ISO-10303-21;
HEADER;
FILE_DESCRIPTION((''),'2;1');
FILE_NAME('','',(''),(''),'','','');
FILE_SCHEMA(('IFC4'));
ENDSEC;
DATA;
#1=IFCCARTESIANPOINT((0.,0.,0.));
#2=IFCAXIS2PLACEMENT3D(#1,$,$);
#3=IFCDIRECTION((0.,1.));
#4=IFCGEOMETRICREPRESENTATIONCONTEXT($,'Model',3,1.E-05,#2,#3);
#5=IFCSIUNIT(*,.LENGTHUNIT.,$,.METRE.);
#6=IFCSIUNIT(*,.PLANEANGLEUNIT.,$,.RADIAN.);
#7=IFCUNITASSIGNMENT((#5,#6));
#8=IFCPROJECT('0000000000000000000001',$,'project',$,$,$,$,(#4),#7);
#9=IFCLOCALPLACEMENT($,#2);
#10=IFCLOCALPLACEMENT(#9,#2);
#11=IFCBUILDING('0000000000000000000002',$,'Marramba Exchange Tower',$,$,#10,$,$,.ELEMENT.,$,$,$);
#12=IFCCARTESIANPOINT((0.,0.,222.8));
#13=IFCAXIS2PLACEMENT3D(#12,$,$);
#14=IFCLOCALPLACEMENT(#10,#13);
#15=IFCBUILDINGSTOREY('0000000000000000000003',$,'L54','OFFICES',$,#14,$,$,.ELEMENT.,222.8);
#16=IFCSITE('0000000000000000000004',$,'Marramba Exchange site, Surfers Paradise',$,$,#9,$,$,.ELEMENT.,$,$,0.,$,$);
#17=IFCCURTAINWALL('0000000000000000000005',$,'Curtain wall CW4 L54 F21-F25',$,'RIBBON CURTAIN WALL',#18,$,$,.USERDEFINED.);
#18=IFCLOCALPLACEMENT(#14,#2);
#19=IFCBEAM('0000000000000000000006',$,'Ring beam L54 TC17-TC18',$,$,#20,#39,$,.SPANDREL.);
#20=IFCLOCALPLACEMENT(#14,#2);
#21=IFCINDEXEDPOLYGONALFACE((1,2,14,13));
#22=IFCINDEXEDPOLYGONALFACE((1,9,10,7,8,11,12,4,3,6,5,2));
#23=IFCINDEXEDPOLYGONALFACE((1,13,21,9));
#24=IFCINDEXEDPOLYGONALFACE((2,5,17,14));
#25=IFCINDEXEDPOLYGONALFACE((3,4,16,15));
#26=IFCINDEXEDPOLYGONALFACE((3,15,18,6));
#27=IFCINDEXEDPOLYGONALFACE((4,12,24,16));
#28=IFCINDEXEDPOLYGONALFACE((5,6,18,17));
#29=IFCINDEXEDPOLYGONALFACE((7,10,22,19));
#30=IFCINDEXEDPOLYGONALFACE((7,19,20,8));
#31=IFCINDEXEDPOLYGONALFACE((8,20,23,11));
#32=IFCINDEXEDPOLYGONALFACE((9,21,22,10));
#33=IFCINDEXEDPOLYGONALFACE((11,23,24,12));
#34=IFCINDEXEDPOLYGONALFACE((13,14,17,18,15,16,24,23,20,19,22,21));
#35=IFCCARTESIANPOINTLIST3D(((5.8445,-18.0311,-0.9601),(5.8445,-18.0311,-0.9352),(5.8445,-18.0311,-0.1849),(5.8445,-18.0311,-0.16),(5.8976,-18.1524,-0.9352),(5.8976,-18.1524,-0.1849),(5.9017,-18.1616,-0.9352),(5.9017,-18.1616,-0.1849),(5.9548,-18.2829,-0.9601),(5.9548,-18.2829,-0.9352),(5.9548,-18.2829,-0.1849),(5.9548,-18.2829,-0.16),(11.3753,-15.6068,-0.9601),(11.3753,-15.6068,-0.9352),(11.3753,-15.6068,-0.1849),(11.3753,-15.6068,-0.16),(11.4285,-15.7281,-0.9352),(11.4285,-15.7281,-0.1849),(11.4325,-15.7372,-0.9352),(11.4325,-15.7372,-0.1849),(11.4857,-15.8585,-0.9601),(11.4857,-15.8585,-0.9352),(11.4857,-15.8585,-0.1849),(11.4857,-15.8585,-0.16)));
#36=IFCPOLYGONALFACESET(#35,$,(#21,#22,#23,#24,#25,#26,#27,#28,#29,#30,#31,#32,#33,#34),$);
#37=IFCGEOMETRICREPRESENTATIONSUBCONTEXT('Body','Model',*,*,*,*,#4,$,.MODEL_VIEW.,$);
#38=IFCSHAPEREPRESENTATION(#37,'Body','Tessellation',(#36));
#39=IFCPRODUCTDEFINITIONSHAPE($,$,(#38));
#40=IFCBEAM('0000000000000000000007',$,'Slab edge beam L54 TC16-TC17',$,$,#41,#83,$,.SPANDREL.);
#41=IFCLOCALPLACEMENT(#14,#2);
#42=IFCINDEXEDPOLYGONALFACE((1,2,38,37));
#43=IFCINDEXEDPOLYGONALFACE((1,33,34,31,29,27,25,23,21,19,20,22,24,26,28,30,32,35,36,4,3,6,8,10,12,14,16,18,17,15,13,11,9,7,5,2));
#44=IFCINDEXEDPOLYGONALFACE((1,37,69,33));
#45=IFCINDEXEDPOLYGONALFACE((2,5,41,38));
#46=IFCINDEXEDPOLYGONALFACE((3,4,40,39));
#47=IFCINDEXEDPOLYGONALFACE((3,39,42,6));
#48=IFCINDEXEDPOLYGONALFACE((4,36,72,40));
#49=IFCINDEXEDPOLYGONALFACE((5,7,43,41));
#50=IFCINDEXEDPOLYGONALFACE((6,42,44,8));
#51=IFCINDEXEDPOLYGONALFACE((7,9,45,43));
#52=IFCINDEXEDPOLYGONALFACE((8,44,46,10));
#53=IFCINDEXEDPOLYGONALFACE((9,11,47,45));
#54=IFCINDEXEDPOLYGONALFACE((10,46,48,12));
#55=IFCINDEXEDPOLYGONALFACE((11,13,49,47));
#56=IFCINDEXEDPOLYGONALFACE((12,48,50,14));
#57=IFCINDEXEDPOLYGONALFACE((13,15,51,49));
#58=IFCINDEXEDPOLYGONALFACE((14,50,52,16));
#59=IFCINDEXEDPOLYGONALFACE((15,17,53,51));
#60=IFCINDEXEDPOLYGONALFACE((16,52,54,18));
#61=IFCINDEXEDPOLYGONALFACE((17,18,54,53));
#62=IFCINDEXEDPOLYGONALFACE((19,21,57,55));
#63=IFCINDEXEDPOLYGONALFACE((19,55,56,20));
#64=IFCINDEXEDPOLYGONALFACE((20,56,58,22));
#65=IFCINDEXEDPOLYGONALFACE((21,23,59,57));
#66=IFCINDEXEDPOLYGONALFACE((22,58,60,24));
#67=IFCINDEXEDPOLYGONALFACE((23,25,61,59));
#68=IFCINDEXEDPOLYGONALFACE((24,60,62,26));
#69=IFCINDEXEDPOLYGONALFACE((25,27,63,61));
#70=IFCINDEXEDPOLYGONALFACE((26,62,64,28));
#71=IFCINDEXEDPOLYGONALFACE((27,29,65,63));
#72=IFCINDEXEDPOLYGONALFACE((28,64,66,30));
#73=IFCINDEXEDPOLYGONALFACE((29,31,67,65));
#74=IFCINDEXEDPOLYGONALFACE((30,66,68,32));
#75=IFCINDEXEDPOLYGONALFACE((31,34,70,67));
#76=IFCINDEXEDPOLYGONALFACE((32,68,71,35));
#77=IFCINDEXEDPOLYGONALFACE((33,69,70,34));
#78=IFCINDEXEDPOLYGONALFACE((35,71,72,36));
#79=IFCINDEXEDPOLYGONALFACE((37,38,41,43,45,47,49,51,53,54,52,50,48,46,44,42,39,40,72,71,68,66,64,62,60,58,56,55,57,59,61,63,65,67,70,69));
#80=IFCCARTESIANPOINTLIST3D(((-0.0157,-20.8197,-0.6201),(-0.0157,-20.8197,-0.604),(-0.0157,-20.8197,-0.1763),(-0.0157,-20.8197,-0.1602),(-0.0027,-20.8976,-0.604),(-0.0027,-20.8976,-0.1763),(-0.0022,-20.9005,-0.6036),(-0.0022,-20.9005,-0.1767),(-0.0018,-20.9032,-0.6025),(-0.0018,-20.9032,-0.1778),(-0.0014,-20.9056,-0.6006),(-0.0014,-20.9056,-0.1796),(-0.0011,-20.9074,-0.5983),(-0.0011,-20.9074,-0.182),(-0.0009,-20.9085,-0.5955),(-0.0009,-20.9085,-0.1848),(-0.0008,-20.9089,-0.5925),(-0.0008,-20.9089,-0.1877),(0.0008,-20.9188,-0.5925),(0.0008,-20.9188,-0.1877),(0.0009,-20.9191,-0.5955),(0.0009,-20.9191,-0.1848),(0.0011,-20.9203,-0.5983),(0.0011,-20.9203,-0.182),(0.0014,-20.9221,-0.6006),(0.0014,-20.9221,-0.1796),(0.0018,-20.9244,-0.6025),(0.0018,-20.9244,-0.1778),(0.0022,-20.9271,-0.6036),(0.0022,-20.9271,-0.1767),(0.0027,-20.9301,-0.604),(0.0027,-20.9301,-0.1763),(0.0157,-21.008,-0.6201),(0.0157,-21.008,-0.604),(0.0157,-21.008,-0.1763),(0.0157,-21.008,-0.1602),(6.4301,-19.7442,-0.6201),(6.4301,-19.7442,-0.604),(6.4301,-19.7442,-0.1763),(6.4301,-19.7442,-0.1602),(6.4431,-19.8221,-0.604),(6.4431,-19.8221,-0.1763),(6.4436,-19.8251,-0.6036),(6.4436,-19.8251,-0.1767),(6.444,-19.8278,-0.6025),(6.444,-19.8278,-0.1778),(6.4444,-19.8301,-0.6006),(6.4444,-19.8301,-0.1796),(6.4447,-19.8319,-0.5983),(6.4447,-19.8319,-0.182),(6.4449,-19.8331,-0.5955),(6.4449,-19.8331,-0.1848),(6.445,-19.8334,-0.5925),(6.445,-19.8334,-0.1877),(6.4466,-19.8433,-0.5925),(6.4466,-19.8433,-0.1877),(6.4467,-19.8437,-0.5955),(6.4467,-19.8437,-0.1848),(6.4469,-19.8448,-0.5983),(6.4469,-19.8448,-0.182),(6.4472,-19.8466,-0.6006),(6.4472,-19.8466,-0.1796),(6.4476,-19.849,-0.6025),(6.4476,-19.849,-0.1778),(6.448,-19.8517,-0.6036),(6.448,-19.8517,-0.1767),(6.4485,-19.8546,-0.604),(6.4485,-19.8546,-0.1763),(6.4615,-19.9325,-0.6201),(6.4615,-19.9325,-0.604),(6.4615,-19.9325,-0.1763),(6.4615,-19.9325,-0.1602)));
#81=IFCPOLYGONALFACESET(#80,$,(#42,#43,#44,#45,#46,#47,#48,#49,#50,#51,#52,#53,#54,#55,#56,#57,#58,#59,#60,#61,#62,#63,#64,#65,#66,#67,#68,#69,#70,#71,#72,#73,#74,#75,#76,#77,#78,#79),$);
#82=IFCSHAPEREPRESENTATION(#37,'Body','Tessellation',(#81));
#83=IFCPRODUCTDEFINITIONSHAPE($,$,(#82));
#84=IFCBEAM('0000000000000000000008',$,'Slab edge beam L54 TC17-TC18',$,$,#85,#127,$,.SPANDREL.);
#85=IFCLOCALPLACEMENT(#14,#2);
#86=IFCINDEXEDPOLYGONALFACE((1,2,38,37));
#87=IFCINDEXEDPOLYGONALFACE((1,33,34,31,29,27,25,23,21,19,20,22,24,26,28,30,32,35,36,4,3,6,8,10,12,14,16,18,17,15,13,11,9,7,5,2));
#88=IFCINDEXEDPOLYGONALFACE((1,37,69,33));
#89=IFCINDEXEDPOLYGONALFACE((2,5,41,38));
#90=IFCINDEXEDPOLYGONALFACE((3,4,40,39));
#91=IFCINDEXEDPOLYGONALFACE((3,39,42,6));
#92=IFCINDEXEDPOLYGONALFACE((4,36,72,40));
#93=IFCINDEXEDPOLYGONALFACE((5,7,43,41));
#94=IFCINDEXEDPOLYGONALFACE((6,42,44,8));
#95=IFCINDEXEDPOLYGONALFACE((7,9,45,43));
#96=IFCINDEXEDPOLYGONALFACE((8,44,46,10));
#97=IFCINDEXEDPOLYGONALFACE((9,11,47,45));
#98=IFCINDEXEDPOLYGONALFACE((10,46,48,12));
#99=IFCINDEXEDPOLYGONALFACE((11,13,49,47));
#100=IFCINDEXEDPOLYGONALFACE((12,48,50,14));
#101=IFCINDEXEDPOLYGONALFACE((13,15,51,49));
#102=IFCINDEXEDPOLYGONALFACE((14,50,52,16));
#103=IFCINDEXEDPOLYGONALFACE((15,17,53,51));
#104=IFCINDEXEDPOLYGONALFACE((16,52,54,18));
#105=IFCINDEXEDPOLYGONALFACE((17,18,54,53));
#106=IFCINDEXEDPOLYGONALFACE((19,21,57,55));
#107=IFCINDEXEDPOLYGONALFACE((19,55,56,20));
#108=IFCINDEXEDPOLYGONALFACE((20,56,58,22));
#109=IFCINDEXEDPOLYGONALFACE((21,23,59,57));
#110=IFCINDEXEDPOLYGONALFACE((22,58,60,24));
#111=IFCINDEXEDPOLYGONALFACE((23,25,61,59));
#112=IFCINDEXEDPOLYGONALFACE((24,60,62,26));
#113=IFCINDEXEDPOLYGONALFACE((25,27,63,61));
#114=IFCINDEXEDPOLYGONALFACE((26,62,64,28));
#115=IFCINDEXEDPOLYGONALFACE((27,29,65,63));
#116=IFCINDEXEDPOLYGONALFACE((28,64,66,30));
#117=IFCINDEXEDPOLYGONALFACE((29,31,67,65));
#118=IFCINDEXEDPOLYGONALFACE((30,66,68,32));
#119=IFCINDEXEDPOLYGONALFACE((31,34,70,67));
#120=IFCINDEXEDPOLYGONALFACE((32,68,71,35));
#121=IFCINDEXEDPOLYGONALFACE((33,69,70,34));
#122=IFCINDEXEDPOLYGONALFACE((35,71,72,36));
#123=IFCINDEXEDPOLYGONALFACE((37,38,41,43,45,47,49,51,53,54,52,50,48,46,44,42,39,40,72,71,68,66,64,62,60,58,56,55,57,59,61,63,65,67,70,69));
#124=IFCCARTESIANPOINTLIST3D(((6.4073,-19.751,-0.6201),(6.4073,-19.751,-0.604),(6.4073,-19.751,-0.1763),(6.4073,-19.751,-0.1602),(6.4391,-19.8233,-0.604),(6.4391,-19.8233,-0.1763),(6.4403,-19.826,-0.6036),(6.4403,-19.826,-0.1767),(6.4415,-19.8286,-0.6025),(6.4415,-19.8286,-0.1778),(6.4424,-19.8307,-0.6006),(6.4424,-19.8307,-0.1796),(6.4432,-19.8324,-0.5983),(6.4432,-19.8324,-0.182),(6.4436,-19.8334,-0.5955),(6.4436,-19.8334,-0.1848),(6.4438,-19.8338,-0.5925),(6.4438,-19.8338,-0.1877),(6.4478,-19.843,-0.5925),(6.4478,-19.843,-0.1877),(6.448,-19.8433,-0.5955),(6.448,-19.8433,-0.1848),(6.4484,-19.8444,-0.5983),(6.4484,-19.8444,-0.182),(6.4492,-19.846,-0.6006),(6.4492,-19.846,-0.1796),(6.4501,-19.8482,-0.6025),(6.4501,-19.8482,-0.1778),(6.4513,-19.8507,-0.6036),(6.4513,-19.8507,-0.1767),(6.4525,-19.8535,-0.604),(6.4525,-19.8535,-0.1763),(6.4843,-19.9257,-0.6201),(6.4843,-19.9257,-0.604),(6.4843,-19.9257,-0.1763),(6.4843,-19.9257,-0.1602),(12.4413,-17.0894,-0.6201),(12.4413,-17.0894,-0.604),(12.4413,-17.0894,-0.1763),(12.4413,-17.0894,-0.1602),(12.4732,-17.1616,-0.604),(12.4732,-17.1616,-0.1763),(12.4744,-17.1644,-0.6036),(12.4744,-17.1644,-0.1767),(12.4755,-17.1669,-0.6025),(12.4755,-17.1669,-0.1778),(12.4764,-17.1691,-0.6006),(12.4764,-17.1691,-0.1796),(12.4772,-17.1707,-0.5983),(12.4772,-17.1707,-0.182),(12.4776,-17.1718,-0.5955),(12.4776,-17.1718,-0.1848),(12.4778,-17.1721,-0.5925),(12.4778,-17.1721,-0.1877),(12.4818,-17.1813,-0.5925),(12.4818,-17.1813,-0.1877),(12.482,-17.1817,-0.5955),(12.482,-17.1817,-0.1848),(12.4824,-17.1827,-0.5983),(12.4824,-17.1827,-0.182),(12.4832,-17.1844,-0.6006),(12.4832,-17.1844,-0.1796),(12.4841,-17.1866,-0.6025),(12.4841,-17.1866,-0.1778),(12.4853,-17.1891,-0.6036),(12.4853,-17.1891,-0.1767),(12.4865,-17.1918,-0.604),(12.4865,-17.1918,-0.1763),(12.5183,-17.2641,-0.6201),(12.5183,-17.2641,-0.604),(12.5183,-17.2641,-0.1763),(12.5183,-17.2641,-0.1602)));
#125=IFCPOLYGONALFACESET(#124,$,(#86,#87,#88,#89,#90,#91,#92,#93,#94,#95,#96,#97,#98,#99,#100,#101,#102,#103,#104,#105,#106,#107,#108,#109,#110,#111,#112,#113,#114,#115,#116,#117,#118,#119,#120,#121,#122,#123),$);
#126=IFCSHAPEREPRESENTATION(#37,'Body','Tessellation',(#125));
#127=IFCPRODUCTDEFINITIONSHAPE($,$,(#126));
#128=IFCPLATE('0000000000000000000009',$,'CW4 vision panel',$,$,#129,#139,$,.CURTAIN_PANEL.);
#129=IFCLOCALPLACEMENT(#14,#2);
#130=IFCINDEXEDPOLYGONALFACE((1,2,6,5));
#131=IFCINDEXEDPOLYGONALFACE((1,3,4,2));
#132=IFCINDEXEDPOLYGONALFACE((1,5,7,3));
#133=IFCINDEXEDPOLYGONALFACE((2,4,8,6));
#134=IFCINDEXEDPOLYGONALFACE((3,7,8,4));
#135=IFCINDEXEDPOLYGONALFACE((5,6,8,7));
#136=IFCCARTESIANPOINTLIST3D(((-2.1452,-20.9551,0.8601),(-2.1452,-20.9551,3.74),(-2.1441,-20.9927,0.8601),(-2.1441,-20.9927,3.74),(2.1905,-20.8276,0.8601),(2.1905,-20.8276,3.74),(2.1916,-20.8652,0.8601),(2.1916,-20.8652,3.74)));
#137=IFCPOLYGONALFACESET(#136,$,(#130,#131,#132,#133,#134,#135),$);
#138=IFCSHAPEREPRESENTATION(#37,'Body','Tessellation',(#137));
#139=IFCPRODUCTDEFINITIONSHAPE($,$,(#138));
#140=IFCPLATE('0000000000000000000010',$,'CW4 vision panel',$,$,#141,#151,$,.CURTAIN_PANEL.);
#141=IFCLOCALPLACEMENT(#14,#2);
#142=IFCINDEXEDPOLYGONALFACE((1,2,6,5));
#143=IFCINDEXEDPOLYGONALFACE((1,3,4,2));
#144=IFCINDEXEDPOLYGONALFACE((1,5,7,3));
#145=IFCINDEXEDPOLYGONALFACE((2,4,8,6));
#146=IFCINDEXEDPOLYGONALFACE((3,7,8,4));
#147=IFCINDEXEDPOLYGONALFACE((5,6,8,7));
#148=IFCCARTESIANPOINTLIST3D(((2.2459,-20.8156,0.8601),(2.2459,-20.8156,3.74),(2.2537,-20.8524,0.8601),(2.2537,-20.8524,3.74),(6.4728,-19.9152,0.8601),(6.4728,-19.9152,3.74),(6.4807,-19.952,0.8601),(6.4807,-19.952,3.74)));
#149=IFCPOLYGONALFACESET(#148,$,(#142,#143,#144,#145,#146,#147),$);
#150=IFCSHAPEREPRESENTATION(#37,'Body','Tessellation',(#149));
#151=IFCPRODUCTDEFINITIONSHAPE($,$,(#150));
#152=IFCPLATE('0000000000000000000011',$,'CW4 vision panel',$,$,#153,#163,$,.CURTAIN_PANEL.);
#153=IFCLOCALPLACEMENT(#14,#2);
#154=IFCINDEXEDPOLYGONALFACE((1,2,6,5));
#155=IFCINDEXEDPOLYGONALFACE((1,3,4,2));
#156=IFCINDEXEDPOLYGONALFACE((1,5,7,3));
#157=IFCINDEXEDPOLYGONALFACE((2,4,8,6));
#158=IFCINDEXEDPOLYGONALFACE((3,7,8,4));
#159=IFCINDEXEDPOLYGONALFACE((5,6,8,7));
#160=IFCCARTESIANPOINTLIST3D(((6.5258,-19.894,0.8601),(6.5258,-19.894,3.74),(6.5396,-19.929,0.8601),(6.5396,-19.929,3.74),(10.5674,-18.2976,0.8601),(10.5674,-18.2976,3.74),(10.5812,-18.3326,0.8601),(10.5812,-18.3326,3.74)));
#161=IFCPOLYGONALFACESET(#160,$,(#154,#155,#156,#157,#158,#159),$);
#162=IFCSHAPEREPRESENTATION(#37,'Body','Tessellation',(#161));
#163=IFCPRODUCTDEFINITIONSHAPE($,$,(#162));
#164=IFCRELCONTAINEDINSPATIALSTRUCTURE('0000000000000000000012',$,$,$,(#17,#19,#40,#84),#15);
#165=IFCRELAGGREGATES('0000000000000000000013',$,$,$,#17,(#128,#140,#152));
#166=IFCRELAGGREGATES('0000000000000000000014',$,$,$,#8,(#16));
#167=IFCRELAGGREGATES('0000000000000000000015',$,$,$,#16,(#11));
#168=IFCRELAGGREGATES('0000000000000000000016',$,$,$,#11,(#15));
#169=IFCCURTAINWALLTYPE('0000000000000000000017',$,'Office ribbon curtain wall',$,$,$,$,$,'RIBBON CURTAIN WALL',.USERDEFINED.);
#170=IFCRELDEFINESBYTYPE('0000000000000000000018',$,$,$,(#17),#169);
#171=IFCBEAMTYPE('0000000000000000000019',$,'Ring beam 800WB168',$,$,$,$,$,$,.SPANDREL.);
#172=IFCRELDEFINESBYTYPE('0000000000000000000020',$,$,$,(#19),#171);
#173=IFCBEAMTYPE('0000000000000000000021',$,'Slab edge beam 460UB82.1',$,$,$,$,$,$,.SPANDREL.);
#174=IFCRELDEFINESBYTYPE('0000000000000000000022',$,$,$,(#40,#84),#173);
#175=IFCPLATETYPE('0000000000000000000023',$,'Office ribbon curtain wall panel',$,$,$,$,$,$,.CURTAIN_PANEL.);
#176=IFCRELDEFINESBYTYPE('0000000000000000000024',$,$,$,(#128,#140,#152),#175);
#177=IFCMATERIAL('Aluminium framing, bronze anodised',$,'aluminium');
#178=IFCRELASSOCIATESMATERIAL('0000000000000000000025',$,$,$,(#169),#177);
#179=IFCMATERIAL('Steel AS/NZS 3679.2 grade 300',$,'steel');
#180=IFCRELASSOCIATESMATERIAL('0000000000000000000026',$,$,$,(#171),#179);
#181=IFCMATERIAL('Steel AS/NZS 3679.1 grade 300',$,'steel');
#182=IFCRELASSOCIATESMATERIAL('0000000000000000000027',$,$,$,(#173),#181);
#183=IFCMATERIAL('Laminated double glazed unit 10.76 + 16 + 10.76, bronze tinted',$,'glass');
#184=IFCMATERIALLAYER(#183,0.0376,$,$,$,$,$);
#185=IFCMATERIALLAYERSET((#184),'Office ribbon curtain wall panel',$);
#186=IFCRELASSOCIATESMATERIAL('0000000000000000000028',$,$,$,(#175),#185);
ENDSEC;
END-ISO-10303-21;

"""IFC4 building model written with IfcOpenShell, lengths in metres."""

from ifc_helpers import new_model, si_unit, direction, frame, origin, origin_2d, place, context, subcontext, project, spatial, rectangle, i_section, extrude, material, layer, layer_set, material_profile, profile_set, type_object, element, aggregate, save


model = new_model("IFC4")

# Units and contexts
model_context = context("Model", 3, precision=1e-05, world=origin(), true_north=direction((0.0, 1.0)))
body_context = subcontext(model_context, "Body", "Model", "MODEL_VIEW")
ifc_project = project(units=[si_unit("LENGTHUNIT", "METRE"), si_unit("PLANEANGLEUNIT", "RADIAN")], contexts=[model_context])

# Site, building, storey
site_placement = place(None, origin())
site = spatial("IfcSite", under=ifc_project, at=site_placement, Name="Marramba Exchange site, Surfers Paradise", CompositionType="ELEMENT", RefElevation=0.0)
building_placement = place(site_placement, origin())
building = spatial("IfcBuilding", under=site, at=building_placement, Name="Marramba Exchange Tower", CompositionType="ELEMENT")
storey_placement = place(building_placement, frame((0.0, 0.0, 222.8)))
storey = spatial("IfcBuildingStorey", under=building, at=storey_placement, Name="L54", Description="OFFICES", CompositionType="ELEMENT", Elevation=222.8)

# Shared definitions
ifc_material_1 = material(Name="Steel AS/NZS 3679.2 grade 300", Category="steel")
ifc_material_2 = material(Name="Steel AS/NZS 3679.1 grade 300", Category="steel")

# Curtain wall
ifc_material_3 = material(Name="Aluminium framing, bronze anodised", Category="aluminium")
curtain_wall_type = type_object("IfcCurtainWallType", Name="Office ribbon curtain wall", ElementType="RIBBON CURTAIN WALL", PredefinedType="USERDEFINED", material=ifc_material_3)
curtain_wall_1_placement = place(storey_placement, origin())
curtain_wall_1 = element("IfcCurtainWall", 1, at=curtain_wall_1_placement, inside=storey, type_object=curtain_wall_type, Name="Curtain wall CW4 L54 F21-F25", ObjectType="RIBBON CURTAIN WALL", PredefinedType="USERDEFINED")

# Beams
ifc_material_profile_1 = material_profile(ifc_material_1, i_section(OverallWidth=0.2749, OverallDepth=0.8, WebThickness=0.01, FlangeThickness=0.0249, at=origin_2d()), Name="800WB168")
ifc_profile_set_1 = profile_set([ifc_material_profile_1], Name="Steel AS/NZS 3679.2 grade 300")
beam_type_1 = type_object("IfcBeamType", Name="Ring beam 800WB168", PredefinedType="SPANDREL", material=ifc_profile_set_1)
beam_1_placement = place(storey_placement, frame((5.8997, -18.157, -0.5601), z_axis=(0.915877, 0.401459, 0.0), x_axis=(-0.401459, 0.915877, 0.0)))
element("IfcBeam", 2, at=beam_1_placement, inside=storey, type_object=beam_type_1, Name="Ring beam L54 TC17-TC18", PredefinedType="SPANDREL", context=body_context, shape_type="SweptSolid", body=[
    extrude(i_section(OverallWidth=0.2749, OverallDepth=0.8, WebThickness=0.01, FlangeThickness=0.0249, at=origin_2d()), origin(), (0.0, 0.0, 1.0), 6.0388),
])
ifc_material_profile_2 = material_profile(ifc_material_2, i_section(OverallWidth=0.1909, OverallDepth=0.46, WebThickness=0.01, FlangeThickness=0.0161, FilletRadius=0.0115, at=origin_2d()), Name="460UB82.1")
ifc_profile_set_2 = profile_set([ifc_material_profile_2], Name="Steel AS/NZS 3679.1 grade 300")
beam_type_2 = type_object("IfcBeamType", Name="Slab edge beam 460UB82.1", PredefinedType="SPANDREL", material=ifc_profile_set_2)
beam_2_placement = place(storey_placement, frame((0.0, -20.9138, -0.3901), z_axis=(0.986366, 0.164569, 0.0), x_axis=(-0.164569, 0.986366, 0.0)))
element("IfcBeam", 3, at=beam_2_placement, inside=storey, type_object=beam_type_2, Name="Slab edge beam L54 TC16-TC17", PredefinedType="SPANDREL", context=body_context, shape_type="SweptSolid", body=[
    extrude(i_section(OverallWidth=0.1909, OverallDepth=0.46, WebThickness=0.01, FlangeThickness=0.0161, FilletRadius=0.0115, at=origin_2d()), origin(), (0.0, 0.0, 1.0), 6.5349),
])
beam_3_placement = place(storey_placement, frame((6.4458, -19.8384, -0.3901), z_axis=(0.914941, 0.403588, 0.0), x_axis=(-0.403588, 0.914941, 0.0)))
element("IfcBeam", 4, at=beam_3_placement, inside=storey, type_object=beam_type_2, Name="Slab edge beam L54 TC17-TC18", PredefinedType="SPANDREL", context=body_context, shape_type="SweptSolid", body=[
    extrude(i_section(OverallWidth=0.1909, OverallDepth=0.46, WebThickness=0.01, FlangeThickness=0.0161, FilletRadius=0.0115, at=origin_2d()), origin(), (0.0, 0.0, 1.0), 6.595),
])

# Plates
ifc_material_4 = material(Name="Laminated double glazed unit 10.76 + 16 + 10.76, bronze tinted", Category="glass")
ifc_layer_1 = layer(ifc_material_4, 0.0376)
ifc_layer_set_1 = layer_set([ifc_layer_1], Name="Office ribbon curtain wall panel")
plate_type = type_object("IfcPlateType", Name="Office ribbon curtain wall panel", PredefinedType="CURTAIN_PANEL", material=ifc_layer_set_1)
plate_1_placement = place(storey_placement, frame((0.0232, -20.9102, 0.8601), z_axis=(0.0, 0.0, 1.0), x_axis=(0.999568, 0.029393, 0.0)))
plate_1 = element("IfcPlate", 5, at=plate_1_placement, type_object=plate_type, Name="CW4 vision panel", PredefinedType="CURTAIN_PANEL", context=body_context, shape_type="SweptSolid", body=[
    extrude(rectangle(XDim=4.3376, YDim=0.0376, at=origin_2d()), origin(), (0.0, 0.0, 1.0), 2.8799),
])
plate_2_placement = place(storey_placement, frame((4.3633, -20.3838, 0.8601), z_axis=(0.0, 0.0, 1.0), x_axis=(0.978058, 0.208332, 0.0)))
plate_2 = element("IfcPlate", 6, at=plate_2_placement, type_object=plate_type, Name="CW4 vision panel", PredefinedType="CURTAIN_PANEL", context=body_context, shape_type="SweptSolid", body=[
    extrude(rectangle(XDim=4.3218, YDim=0.0376, at=origin_2d()), origin(), (0.0, 0.0, 1.0), 2.8799),
])
plate_3_placement = place(storey_placement, frame((8.5535, -19.1133, 0.8601), z_axis=(0.0, 0.0, 1.0), x_axis=(0.930073, 0.367375, 0.0)))
plate_3 = element("IfcPlate", 7, at=plate_3_placement, type_object=plate_type, Name="CW4 vision panel", PredefinedType="CURTAIN_PANEL", context=body_context, shape_type="SweptSolid", body=[
    extrude(rectangle(XDim=4.3455, YDim=0.0376, at=origin_2d()), origin(), (0.0, 0.0, 1.0), 2.8799),
])
aggregate(curtain_wall_1, [plate_1, plate_2, plate_3])

save(model, "model.ifc")
